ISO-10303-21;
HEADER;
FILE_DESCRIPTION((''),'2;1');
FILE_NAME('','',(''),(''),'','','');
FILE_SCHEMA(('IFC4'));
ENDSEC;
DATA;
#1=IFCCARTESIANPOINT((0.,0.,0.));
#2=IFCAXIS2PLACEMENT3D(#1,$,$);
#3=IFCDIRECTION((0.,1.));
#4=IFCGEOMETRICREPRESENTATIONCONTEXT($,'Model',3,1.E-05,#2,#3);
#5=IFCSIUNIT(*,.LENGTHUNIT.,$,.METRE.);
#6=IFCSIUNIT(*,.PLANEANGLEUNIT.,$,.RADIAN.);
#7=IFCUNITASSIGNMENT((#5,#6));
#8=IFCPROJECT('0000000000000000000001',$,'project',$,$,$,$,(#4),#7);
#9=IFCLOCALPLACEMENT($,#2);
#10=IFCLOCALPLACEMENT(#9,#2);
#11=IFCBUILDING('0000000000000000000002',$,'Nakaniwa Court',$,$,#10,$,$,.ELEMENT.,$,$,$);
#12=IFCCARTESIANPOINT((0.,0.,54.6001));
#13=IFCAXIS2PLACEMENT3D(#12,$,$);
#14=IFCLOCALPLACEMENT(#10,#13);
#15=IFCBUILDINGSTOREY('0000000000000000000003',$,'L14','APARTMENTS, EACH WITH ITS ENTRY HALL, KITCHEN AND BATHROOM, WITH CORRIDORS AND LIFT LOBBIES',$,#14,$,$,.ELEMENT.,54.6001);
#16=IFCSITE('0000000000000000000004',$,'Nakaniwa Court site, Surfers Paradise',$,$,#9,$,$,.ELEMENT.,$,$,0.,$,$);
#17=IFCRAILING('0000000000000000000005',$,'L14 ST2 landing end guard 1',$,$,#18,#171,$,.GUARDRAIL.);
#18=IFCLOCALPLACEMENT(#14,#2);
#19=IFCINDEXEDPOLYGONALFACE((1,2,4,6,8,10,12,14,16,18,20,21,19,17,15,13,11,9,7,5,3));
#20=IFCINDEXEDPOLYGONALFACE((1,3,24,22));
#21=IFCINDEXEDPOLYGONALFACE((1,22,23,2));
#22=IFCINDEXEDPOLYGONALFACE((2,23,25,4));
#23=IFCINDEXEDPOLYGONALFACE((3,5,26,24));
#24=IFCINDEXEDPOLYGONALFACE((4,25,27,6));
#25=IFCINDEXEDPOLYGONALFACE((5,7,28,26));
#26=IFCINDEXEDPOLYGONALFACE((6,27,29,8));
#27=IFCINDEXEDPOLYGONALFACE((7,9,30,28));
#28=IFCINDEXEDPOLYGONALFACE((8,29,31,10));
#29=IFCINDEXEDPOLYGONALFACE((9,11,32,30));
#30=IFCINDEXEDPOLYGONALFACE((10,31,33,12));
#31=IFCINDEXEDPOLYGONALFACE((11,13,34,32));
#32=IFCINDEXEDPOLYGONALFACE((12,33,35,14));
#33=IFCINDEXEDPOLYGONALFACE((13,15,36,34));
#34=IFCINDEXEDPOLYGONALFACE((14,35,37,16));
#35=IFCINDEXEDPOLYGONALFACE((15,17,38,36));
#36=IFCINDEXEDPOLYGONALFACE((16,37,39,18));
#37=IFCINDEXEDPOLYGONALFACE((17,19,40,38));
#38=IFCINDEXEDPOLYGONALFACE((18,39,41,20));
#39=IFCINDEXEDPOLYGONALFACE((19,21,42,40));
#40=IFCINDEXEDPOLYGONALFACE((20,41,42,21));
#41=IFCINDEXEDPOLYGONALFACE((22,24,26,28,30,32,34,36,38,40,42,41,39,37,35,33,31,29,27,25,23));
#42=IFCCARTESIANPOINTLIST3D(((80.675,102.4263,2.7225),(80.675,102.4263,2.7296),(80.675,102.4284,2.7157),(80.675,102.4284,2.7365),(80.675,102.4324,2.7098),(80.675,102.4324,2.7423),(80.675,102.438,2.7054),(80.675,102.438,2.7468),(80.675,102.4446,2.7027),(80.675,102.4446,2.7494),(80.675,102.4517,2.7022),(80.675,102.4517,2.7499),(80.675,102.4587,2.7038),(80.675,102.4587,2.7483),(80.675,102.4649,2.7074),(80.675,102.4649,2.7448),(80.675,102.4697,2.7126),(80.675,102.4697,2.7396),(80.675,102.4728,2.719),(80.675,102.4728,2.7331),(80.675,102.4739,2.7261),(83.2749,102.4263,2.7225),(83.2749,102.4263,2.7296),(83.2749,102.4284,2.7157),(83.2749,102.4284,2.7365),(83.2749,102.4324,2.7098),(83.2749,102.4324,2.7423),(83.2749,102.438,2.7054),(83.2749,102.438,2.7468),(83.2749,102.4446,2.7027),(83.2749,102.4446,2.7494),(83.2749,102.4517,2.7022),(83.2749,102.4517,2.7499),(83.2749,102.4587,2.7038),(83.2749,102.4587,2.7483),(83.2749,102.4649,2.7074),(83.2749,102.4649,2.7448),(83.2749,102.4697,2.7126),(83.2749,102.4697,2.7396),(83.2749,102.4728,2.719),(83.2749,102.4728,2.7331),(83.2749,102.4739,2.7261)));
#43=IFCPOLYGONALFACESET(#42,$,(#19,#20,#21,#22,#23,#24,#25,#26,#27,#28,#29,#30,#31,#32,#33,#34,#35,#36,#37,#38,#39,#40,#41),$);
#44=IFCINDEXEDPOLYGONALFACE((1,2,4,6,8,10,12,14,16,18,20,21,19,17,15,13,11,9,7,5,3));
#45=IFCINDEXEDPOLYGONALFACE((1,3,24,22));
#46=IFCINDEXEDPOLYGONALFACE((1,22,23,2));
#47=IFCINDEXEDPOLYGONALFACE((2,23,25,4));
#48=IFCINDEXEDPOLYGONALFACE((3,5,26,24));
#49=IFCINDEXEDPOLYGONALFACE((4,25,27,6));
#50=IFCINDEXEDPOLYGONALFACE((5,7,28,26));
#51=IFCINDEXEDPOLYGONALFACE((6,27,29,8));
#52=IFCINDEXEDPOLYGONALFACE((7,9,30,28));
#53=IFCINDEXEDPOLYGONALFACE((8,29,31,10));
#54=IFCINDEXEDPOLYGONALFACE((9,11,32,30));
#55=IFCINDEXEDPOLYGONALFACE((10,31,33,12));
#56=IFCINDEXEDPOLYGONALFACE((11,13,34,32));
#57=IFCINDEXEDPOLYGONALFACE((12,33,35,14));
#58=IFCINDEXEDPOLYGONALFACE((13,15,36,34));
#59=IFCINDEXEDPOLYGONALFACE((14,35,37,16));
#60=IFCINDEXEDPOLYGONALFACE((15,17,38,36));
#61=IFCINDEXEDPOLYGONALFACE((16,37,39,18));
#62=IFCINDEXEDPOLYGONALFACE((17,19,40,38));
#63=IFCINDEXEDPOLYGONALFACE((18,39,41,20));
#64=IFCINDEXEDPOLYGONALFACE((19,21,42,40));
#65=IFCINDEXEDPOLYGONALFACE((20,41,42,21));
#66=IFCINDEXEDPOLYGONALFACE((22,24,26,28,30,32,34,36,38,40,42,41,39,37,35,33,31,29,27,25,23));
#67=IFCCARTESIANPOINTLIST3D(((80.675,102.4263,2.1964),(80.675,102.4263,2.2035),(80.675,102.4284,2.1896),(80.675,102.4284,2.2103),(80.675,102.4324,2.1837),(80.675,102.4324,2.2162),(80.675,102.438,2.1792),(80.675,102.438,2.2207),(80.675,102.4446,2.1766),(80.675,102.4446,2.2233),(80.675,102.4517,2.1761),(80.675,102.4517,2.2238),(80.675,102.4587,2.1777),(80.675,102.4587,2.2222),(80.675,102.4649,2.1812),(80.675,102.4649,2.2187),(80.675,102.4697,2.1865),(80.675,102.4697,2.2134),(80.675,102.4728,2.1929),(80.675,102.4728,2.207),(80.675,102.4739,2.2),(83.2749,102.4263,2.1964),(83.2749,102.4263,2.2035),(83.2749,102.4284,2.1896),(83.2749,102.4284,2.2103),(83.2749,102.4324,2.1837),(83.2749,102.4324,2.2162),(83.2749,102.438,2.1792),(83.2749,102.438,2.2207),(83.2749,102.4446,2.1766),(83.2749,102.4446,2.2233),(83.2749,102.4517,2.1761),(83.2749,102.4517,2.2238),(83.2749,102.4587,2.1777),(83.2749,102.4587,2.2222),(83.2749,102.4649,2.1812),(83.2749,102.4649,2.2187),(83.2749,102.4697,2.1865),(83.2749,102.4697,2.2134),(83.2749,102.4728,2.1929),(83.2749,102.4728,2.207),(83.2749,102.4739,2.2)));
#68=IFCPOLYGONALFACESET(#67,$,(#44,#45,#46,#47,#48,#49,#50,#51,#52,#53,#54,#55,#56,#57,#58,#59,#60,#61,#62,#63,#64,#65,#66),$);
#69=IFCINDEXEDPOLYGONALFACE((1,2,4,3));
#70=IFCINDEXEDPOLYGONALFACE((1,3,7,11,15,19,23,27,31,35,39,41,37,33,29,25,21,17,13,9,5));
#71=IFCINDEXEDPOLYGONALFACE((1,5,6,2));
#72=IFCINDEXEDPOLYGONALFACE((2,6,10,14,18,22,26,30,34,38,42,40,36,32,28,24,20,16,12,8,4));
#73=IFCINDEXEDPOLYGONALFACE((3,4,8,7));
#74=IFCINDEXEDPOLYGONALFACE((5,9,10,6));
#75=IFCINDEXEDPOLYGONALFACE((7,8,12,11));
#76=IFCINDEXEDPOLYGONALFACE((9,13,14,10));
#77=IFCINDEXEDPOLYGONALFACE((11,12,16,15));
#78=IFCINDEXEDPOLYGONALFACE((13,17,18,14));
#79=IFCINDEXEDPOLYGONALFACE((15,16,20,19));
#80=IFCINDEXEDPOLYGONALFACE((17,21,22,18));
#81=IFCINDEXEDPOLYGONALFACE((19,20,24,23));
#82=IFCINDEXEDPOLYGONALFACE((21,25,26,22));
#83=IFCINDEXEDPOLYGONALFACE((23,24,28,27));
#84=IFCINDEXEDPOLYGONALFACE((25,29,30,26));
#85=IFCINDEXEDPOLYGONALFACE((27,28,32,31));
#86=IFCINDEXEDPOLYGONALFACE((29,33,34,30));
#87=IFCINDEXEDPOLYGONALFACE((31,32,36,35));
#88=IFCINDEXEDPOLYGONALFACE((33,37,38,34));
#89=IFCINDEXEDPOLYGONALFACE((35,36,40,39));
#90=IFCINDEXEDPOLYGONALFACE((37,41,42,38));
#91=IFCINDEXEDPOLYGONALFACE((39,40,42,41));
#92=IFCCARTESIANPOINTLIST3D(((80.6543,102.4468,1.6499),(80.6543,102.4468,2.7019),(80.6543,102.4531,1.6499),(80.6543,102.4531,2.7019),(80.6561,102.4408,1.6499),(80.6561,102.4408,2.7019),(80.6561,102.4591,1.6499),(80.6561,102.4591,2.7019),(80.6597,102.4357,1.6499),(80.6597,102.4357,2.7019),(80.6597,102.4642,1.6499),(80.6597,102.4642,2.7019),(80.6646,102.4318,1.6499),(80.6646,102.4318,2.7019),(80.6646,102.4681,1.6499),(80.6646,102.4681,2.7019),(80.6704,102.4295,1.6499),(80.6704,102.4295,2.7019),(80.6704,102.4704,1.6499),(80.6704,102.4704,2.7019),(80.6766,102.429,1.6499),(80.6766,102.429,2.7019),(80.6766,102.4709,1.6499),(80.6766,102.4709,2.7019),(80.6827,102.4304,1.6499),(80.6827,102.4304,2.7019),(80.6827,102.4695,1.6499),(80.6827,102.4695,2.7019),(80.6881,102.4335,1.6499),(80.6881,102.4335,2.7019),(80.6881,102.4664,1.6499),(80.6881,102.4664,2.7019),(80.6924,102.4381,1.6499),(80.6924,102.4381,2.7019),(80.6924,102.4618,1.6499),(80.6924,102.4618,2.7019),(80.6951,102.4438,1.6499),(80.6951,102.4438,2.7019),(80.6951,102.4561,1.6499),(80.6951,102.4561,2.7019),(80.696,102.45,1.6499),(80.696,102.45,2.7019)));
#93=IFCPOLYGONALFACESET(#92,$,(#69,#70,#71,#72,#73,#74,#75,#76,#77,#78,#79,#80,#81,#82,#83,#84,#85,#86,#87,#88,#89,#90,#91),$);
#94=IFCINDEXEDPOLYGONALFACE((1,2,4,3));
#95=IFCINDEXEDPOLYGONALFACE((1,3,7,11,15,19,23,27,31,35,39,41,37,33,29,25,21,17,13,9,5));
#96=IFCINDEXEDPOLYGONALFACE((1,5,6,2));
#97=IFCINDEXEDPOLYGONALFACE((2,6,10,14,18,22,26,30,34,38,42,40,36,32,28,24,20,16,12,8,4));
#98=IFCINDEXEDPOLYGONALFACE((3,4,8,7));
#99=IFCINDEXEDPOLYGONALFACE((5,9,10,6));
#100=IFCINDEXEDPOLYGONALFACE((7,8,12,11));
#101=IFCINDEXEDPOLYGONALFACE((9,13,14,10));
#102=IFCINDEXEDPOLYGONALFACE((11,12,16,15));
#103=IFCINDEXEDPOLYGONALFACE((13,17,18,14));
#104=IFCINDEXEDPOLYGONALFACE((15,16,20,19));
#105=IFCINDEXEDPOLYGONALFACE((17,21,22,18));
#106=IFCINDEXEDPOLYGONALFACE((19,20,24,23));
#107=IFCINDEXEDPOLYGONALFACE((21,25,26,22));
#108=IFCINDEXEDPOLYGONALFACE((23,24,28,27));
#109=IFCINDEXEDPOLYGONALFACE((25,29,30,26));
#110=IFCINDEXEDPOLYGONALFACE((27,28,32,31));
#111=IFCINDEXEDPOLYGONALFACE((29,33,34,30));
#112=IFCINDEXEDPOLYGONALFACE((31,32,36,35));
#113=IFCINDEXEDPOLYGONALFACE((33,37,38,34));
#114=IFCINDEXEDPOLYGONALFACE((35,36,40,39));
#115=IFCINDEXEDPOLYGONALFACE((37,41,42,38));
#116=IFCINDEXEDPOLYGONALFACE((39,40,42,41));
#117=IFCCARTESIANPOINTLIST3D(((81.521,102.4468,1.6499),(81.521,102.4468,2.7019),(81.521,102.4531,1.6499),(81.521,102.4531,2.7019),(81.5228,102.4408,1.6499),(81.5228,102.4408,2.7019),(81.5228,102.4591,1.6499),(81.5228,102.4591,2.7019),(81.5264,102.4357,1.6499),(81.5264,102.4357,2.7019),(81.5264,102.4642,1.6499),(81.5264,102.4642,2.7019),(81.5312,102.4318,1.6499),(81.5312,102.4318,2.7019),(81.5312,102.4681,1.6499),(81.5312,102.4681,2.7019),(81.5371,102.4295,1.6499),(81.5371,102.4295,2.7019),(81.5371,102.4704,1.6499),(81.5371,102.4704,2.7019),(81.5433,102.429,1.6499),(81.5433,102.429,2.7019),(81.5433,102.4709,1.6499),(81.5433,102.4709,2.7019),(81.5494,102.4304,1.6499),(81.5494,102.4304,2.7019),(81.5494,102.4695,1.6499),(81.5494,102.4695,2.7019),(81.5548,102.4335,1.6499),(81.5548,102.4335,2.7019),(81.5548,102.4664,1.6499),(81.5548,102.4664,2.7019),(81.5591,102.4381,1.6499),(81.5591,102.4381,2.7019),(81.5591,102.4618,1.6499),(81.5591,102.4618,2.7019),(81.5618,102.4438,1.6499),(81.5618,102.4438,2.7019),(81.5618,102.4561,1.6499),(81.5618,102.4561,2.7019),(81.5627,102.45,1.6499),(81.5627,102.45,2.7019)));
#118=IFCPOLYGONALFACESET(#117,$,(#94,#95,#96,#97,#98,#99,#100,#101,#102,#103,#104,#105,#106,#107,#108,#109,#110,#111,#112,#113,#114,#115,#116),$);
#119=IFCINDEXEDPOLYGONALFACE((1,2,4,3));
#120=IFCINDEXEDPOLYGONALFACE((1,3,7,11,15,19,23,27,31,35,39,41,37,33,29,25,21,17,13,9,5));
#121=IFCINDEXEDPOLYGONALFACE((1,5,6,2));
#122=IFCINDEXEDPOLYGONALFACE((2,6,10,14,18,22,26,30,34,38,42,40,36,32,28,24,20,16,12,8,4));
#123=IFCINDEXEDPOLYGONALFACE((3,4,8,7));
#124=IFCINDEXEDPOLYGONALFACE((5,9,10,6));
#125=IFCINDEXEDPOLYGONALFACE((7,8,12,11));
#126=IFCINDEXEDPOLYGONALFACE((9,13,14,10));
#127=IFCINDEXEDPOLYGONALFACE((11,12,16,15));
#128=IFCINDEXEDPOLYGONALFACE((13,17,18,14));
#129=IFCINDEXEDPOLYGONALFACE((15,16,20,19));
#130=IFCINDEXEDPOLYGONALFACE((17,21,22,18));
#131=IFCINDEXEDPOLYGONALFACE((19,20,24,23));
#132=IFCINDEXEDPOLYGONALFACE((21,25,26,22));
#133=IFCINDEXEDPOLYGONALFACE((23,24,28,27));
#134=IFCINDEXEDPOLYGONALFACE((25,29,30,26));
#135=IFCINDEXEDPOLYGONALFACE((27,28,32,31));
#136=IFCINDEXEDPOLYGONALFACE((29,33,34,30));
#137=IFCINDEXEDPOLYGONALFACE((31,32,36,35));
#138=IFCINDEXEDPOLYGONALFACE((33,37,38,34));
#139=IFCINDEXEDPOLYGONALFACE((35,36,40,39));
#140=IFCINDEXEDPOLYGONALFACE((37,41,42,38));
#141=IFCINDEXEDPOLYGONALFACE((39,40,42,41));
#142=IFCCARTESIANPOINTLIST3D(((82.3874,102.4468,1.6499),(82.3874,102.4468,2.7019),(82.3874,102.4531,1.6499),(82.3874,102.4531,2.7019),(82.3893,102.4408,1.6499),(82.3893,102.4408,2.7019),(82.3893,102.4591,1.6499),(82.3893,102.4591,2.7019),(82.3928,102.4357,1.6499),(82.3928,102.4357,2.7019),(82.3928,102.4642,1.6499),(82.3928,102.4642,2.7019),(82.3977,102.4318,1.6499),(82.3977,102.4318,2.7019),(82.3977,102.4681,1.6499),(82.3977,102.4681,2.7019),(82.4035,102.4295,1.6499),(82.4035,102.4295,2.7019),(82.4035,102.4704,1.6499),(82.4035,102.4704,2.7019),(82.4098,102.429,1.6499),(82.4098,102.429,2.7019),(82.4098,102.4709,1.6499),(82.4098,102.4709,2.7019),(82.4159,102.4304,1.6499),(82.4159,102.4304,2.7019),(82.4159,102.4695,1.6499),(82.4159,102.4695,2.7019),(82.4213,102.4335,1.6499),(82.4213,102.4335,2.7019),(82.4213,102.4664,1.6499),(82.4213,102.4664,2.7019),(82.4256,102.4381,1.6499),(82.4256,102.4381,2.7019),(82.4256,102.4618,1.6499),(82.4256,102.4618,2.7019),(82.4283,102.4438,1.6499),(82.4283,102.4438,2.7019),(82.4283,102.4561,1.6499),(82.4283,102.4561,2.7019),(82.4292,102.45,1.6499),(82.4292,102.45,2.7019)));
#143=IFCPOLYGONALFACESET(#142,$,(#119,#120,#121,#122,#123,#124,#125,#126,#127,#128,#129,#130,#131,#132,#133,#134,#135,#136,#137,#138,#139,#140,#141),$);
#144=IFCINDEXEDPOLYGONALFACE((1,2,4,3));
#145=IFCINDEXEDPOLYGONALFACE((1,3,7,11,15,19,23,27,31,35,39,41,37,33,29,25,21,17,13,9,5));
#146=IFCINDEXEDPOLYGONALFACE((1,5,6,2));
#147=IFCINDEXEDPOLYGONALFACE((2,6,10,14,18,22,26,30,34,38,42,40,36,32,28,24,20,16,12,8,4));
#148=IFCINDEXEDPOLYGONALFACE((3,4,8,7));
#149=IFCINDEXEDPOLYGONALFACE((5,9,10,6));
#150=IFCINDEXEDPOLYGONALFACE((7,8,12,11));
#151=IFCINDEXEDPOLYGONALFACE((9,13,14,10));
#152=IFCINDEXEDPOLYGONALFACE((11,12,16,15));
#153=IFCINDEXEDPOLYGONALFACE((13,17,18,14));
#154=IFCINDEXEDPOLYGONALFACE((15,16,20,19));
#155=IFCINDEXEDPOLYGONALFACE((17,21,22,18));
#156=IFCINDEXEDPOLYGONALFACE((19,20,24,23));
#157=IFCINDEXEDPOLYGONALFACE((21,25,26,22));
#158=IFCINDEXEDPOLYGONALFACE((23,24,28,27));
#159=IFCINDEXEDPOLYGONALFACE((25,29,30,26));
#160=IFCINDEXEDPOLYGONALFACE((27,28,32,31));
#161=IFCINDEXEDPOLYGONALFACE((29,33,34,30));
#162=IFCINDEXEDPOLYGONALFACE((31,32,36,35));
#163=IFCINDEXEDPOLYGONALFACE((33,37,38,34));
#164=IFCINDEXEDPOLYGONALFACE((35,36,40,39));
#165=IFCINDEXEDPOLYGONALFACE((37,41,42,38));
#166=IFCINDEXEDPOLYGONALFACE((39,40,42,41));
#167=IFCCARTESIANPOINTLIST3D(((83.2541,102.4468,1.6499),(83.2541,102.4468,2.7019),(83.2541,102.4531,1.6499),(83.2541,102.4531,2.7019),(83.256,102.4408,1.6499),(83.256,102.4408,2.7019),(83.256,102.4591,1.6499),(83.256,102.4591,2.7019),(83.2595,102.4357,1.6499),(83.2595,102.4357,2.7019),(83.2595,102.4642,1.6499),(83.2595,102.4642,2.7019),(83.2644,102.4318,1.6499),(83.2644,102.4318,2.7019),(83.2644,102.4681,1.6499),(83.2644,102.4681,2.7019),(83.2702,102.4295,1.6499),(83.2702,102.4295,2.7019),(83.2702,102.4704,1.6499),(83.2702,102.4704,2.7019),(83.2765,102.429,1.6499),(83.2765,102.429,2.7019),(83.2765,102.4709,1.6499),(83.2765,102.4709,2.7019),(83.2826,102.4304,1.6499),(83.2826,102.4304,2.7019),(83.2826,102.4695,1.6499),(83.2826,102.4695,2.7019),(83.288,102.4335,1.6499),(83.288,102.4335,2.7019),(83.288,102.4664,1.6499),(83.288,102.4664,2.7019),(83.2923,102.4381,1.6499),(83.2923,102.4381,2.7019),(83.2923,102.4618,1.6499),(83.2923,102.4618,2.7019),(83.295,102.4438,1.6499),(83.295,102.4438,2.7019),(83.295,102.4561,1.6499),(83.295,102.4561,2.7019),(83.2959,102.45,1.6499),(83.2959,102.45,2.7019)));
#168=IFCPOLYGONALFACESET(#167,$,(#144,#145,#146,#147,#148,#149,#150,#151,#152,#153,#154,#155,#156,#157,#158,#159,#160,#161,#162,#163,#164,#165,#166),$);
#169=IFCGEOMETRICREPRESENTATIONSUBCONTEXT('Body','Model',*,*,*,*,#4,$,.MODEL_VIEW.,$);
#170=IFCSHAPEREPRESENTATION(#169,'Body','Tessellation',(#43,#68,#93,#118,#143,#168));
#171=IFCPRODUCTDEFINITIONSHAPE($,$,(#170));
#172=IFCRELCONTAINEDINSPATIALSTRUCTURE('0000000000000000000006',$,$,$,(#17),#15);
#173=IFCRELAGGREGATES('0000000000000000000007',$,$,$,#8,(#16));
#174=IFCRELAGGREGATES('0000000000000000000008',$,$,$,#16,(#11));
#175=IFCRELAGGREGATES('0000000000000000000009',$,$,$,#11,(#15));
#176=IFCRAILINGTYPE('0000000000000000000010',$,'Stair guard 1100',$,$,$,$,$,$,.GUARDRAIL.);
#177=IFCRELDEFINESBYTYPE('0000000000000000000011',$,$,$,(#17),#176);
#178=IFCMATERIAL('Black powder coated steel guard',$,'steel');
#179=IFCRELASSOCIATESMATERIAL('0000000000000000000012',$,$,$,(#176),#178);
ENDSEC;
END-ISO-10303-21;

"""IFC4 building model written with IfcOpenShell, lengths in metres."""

from ifc_helpers import new_model, si_unit, direction, frame, origin, origin_2d, place, context, subcontext, project, spatial, circle, extrude, material, type_object, element, save


model = new_model("IFC4")

# Units and contexts
model_context = context("Model", 3, precision=1e-05, world=origin(), true_north=direction((0.0, 1.0)))
body_context = subcontext(model_context, "Body", "Model", "MODEL_VIEW")
ifc_project = project(units=[si_unit("LENGTHUNIT", "METRE"), si_unit("PLANEANGLEUNIT", "RADIAN")], contexts=[model_context])

# Site, building, storey
site_placement = place(None, origin())
site = spatial("IfcSite", under=ifc_project, at=site_placement, Name="Nakaniwa Court site, Surfers Paradise", CompositionType="ELEMENT", RefElevation=0.0)
building_placement = place(site_placement, origin())
building = spatial("IfcBuilding", under=site, at=building_placement, Name="Nakaniwa Court", CompositionType="ELEMENT")
storey_placement = place(building_placement, frame((0.0, 0.0, 54.6001)))
storey = spatial("IfcBuildingStorey", under=building, at=storey_placement, Name="L14", Description="APARTMENTS, EACH WITH ITS ENTRY HALL, KITCHEN AND BATHROOM, WITH CORRIDORS AND LIFT LOBBIES", CompositionType="ELEMENT", Elevation=54.6001)

# Railing
ifc_material_1 = material(Name="Black powder coated steel guard", Category="steel")
railing_type_1 = type_object("IfcRailingType", Name="Stair guard 1100", PredefinedType="GUARDRAIL", material=ifc_material_1)
railing_1_placement = place(storey_placement, frame((80.675, 102.45, 1.6499)))
element("IfcRailing", 1, at=railing_1_placement, inside=storey, type_object=railing_type_1, Name="L14 ST2 landing end guard 1", PredefinedType="GUARDRAIL", context=body_context, shape_type="SweptSolid", body=[
    extrude(circle(Radius=0.0239, at=origin_2d()), frame((0.0, 0.0, 1.0762), z_axis=(1.0, 0.0, 0.0), x_axis=(0.0, 1.0, 0.0)), (0.0, 0.0, 1.0), 2.5999),
    extrude(circle(Radius=0.0239, at=origin_2d()), frame((0.0, 0.0, 0.55), z_axis=(1.0, 0.0, 0.0), x_axis=(0.0, 1.0, 0.0)), (0.0, 0.0, 1.0), 2.5999),
    extrude(circle(Radius=0.021, at=origin_2d()), origin(), (0.0, 0.0, 1.0), 1.052),
    extrude(circle(Radius=0.021, at=origin_2d()), frame((0.8667, 0.0, 0.0)), (0.0, 0.0, 1.0), 1.052),
    extrude(circle(Radius=0.021, at=origin_2d()), frame((1.7332, 0.0, 0.0)), (0.0, 0.0, 1.0), 1.052),
    extrude(circle(Radius=0.021, at=origin_2d()), frame((2.5999, 0.0, 0.0)), (0.0, 0.0, 1.0), 1.052),
])

save(model, "model.ifc")
